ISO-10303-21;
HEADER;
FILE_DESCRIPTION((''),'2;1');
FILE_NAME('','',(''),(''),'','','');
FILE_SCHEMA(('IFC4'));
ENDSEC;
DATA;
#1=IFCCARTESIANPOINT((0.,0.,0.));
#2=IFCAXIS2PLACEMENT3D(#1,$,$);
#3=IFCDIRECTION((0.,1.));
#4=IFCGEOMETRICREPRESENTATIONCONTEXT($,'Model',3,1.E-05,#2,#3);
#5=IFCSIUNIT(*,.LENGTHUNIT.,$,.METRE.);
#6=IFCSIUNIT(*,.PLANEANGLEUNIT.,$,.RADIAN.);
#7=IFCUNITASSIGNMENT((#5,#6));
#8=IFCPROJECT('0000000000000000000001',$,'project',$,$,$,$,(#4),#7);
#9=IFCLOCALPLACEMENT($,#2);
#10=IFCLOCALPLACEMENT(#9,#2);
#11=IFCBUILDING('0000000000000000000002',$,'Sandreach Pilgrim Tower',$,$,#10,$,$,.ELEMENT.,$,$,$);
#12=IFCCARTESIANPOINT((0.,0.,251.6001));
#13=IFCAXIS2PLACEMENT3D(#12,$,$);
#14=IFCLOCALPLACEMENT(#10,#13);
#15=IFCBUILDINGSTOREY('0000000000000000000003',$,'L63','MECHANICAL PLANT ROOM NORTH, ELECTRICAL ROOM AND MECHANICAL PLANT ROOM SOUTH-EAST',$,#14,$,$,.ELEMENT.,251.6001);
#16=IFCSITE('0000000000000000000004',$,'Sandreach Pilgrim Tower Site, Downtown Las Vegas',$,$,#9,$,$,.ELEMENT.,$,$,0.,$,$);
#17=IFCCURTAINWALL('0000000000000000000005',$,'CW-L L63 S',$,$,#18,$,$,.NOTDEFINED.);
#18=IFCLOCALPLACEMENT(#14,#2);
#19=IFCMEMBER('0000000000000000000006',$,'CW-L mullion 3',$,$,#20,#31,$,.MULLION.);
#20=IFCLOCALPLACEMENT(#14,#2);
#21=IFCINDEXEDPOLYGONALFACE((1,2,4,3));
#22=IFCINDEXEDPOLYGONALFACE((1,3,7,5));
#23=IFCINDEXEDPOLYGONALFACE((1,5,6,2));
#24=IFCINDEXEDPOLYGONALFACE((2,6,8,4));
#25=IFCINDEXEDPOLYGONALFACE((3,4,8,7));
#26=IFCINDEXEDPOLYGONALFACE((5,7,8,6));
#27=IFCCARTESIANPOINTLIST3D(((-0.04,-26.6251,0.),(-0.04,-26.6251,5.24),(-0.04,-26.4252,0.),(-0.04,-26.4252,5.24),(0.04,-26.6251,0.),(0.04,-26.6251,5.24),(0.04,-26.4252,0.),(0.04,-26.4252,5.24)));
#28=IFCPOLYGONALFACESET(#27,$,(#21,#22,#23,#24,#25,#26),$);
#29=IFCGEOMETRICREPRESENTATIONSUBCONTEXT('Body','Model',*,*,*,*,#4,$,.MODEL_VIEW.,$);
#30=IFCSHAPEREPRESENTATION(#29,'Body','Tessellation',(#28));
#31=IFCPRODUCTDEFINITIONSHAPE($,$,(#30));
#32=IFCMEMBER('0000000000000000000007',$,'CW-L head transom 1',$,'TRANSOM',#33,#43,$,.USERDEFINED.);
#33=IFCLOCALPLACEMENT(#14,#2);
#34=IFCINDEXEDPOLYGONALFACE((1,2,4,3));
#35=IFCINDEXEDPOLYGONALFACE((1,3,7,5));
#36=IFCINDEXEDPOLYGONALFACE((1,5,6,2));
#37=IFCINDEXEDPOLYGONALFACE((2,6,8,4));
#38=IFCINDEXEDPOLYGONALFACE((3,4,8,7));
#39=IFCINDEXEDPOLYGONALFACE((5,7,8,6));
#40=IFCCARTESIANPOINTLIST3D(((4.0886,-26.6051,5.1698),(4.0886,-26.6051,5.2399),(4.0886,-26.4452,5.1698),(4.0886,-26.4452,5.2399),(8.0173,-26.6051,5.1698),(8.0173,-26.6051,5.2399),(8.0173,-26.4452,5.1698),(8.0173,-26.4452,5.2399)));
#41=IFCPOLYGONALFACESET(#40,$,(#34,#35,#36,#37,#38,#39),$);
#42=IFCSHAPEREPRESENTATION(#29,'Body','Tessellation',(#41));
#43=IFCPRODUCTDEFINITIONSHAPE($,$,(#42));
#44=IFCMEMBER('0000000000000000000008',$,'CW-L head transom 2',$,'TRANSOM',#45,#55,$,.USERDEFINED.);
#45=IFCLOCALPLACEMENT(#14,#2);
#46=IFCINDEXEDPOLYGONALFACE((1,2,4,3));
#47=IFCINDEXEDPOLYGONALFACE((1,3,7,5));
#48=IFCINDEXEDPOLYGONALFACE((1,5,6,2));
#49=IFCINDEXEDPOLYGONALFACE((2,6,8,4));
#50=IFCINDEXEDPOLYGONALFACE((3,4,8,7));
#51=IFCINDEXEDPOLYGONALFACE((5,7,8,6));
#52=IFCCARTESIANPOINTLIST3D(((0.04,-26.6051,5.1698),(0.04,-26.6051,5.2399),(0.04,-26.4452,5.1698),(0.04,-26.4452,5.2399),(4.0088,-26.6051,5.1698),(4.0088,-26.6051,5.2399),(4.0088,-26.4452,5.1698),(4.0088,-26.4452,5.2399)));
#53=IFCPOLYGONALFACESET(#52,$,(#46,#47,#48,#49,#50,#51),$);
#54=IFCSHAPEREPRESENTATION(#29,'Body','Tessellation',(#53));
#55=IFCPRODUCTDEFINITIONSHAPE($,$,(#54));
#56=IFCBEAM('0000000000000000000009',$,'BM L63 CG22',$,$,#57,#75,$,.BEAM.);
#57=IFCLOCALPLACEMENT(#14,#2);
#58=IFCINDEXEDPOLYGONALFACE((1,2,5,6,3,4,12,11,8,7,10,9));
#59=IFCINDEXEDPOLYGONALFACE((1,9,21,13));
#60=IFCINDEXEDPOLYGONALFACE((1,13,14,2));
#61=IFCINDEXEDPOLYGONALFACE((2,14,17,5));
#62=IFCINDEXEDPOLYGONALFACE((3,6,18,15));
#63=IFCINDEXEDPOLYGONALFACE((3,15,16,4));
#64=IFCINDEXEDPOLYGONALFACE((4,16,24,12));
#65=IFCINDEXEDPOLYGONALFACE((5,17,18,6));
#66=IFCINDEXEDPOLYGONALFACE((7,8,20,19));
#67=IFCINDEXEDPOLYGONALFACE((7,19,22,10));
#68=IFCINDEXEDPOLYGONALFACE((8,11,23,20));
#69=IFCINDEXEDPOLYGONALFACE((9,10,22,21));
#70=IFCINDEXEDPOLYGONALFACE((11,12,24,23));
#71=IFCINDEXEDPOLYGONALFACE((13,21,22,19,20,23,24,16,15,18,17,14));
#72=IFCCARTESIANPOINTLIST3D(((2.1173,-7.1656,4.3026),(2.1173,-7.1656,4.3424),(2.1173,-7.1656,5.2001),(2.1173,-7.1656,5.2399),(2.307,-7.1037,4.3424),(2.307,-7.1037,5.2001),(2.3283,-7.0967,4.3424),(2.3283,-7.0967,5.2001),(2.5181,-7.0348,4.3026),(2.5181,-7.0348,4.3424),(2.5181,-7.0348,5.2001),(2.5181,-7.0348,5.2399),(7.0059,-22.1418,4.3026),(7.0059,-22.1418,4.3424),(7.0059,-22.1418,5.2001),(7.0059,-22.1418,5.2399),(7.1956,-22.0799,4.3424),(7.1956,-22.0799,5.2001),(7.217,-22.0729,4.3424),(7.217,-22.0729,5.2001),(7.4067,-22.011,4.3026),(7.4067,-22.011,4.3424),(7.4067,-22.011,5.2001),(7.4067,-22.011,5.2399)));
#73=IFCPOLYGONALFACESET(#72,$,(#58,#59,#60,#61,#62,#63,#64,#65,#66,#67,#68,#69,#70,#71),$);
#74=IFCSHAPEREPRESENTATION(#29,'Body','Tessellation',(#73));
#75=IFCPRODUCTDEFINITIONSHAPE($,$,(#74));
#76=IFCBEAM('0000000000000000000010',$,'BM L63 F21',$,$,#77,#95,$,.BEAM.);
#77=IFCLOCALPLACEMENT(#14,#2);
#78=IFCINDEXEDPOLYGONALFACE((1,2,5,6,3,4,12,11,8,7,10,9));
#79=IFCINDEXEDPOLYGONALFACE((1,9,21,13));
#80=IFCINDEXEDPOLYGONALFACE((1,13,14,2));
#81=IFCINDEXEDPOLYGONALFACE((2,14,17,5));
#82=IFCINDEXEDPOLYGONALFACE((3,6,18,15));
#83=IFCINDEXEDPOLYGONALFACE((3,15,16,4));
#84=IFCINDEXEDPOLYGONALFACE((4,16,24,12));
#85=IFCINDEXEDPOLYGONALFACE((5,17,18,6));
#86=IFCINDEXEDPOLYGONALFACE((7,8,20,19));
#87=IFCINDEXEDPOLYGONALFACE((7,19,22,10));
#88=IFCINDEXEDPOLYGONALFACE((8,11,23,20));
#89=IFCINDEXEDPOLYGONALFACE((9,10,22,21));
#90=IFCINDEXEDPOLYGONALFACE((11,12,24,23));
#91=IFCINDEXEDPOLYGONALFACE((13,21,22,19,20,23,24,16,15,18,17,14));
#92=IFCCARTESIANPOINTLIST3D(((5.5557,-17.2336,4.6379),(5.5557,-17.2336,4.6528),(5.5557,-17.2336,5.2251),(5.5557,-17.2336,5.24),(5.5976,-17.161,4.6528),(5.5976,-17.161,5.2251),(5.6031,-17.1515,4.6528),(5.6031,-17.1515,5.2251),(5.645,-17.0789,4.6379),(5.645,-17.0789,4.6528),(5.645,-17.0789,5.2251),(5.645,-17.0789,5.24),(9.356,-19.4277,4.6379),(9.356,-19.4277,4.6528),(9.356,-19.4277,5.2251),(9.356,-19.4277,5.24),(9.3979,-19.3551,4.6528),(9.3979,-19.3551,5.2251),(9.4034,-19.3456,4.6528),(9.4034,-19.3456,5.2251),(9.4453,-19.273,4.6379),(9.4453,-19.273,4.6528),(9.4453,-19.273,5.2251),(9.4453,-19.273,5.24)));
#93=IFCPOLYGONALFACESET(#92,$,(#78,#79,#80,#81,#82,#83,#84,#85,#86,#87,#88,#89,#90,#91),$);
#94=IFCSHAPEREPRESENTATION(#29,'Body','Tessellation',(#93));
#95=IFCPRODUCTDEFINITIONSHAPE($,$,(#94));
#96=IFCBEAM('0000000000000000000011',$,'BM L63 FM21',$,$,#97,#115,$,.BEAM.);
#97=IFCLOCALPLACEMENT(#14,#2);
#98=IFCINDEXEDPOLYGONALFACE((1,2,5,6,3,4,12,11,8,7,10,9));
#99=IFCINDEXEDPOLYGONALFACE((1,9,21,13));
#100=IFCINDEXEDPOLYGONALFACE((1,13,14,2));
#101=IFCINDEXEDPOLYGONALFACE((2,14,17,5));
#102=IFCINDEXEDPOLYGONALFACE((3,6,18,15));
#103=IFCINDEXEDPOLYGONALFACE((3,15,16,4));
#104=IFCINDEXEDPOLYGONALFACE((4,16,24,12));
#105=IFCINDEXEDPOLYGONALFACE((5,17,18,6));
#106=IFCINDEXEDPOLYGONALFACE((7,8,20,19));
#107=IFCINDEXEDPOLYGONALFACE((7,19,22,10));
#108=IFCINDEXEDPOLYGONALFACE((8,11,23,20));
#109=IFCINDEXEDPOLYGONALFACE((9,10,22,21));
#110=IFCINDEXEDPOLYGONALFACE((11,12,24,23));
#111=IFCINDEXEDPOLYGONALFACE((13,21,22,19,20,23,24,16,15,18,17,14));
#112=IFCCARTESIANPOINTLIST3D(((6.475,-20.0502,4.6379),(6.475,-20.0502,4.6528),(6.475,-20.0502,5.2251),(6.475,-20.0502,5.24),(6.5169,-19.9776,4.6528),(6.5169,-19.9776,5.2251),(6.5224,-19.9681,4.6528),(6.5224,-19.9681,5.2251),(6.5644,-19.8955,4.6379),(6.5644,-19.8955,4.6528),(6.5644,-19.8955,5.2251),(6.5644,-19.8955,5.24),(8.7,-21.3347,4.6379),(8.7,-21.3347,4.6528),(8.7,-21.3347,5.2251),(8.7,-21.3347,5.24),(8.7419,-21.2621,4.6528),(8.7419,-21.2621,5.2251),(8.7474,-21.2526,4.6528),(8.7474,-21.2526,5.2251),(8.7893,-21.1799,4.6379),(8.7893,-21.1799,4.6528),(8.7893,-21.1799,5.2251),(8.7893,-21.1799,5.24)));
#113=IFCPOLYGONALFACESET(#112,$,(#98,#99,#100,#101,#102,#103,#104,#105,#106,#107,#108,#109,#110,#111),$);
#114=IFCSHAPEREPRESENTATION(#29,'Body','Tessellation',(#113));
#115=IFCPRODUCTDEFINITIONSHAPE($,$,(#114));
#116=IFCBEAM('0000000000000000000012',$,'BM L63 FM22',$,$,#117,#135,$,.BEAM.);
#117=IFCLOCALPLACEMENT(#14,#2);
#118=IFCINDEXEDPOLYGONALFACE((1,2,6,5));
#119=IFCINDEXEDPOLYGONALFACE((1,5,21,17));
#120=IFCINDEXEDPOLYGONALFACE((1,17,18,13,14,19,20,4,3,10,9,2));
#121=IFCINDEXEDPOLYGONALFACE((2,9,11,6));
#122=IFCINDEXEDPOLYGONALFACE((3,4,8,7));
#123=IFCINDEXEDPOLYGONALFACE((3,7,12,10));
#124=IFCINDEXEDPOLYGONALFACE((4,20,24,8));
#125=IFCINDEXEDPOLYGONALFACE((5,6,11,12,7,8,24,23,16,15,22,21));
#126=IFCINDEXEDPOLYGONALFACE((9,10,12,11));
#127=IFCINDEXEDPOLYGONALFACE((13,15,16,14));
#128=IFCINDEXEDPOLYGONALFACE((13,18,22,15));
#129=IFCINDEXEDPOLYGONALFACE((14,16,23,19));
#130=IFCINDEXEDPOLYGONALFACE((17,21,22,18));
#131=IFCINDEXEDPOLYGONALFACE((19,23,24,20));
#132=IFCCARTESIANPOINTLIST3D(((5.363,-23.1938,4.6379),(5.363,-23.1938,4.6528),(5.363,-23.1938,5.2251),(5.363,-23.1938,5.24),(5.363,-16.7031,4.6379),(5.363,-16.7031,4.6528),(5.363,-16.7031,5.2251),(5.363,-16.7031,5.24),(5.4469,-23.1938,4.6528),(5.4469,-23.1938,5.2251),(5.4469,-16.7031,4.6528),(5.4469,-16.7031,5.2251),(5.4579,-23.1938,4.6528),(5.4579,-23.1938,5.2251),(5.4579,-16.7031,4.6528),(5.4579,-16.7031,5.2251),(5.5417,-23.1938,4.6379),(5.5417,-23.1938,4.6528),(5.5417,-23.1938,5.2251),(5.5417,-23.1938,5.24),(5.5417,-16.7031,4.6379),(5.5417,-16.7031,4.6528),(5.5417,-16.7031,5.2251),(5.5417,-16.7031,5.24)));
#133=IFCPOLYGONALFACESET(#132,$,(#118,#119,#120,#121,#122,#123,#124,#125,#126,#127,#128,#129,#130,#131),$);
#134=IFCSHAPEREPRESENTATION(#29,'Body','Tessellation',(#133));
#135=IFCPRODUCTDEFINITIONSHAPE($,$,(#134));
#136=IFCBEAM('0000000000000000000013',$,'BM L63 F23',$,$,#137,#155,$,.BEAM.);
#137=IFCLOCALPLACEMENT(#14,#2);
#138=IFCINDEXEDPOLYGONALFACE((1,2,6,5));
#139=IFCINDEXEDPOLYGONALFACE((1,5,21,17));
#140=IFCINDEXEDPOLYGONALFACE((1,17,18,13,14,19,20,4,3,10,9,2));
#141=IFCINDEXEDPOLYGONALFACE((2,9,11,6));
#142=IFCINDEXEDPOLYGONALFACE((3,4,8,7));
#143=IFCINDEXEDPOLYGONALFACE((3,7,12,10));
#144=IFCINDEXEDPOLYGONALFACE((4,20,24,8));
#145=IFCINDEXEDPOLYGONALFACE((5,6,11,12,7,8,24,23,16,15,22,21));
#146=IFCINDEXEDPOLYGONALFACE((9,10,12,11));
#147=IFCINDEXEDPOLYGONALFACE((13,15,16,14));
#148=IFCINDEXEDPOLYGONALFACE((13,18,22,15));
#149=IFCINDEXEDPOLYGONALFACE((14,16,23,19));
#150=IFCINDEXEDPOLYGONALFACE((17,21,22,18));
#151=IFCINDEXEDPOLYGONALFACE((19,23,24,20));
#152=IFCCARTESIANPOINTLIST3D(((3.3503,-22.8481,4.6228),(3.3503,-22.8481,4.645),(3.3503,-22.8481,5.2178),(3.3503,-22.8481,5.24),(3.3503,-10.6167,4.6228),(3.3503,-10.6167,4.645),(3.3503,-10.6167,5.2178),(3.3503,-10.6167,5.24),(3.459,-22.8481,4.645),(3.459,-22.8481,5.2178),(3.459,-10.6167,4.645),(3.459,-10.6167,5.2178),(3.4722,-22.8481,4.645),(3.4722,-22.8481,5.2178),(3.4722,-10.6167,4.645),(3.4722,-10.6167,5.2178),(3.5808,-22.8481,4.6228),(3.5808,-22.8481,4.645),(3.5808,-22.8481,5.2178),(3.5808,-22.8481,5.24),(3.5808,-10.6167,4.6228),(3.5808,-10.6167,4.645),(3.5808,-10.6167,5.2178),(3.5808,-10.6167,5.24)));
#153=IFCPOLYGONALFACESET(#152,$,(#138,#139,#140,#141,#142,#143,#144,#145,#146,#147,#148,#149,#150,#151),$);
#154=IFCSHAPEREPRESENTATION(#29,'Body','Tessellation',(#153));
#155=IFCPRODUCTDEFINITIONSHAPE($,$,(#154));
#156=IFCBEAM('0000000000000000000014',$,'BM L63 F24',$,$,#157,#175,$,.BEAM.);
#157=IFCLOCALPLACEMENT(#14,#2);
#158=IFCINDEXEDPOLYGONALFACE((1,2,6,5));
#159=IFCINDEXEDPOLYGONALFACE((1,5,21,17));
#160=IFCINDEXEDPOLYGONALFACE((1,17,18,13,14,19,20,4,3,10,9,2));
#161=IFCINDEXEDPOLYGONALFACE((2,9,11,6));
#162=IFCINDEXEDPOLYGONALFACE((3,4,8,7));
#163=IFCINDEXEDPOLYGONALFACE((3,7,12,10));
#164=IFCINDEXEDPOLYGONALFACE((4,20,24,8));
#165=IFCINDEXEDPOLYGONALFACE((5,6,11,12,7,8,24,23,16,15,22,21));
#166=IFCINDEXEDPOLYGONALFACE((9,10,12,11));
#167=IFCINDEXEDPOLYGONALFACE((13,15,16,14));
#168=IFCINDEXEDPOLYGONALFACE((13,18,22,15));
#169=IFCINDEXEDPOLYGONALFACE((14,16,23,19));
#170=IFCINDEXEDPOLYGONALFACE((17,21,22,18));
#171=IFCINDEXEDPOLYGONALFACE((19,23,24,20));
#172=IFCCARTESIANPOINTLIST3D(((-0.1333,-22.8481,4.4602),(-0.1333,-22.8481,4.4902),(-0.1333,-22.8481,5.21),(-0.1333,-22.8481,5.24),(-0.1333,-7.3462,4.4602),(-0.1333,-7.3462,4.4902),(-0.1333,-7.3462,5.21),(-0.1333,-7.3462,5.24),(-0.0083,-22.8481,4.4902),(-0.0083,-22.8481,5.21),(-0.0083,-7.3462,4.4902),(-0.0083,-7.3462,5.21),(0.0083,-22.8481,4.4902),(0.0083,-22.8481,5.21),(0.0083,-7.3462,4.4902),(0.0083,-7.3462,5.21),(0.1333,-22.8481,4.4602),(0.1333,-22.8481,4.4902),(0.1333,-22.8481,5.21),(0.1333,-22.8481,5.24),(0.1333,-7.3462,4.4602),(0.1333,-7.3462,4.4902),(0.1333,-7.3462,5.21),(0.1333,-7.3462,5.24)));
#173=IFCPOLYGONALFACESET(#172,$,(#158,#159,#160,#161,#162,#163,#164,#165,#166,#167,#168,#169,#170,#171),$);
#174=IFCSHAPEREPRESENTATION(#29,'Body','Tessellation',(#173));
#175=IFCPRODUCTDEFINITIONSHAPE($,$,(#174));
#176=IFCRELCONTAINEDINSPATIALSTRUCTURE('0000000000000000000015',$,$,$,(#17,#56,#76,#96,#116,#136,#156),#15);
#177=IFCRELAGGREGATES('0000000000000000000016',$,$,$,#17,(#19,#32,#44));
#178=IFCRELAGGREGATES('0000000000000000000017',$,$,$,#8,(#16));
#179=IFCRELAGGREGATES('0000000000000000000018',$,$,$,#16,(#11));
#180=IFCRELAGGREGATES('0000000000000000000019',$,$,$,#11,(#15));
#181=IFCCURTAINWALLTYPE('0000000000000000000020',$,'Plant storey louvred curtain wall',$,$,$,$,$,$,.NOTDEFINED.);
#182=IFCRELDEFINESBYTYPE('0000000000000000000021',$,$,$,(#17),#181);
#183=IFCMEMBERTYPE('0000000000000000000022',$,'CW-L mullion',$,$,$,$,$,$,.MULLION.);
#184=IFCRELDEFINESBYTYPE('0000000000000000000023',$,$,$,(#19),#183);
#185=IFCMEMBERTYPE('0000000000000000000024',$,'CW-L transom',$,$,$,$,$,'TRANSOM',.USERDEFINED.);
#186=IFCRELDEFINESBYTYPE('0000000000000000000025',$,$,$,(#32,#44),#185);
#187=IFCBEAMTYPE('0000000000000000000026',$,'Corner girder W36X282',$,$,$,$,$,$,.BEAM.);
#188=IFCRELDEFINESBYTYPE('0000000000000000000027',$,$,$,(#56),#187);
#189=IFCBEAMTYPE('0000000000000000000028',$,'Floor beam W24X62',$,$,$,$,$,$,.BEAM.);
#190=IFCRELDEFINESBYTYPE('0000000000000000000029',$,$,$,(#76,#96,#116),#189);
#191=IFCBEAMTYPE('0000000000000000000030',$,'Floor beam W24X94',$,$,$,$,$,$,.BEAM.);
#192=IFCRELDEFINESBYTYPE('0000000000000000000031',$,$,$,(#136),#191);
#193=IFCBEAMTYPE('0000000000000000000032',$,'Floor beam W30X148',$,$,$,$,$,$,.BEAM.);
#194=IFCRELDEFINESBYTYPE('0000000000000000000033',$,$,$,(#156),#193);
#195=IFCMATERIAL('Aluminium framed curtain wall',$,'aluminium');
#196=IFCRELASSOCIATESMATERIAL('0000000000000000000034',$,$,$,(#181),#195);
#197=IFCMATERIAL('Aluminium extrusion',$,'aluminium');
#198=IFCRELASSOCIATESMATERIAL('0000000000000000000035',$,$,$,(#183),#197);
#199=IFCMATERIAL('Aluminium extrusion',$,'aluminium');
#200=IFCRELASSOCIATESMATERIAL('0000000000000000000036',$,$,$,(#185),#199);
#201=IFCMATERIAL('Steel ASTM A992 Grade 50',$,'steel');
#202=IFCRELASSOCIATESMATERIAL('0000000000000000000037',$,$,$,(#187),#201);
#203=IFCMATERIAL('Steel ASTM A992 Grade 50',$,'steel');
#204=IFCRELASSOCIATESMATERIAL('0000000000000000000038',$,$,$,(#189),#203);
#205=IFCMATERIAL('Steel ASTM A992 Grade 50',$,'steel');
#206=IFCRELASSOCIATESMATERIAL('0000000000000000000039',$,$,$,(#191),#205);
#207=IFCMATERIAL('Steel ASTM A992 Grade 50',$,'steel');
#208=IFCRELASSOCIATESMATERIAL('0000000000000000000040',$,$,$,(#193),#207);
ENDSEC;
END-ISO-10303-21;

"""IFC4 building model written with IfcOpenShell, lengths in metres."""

from ifc_helpers import new_model, si_unit, direction, frame, origin, origin_2d, place, context, subcontext, project, spatial, rectangle, i_section, extrude, material, material_profile, profile_set, type_object, element, aggregate, save


model = new_model("IFC4")

# Units and contexts
model_context = context("Model", 3, precision=1e-05, world=origin(), true_north=direction((0.0, 1.0)))
body_context = subcontext(model_context, "Body", "Model", "MODEL_VIEW")
ifc_project = project(units=[si_unit("LENGTHUNIT", "METRE"), si_unit("PLANEANGLEUNIT", "RADIAN")], contexts=[model_context])

# Site, building, storey
site_placement = place(None, origin())
site = spatial("IfcSite", under=ifc_project, at=site_placement, Name="Sandreach Pilgrim Tower Site, Downtown Las Vegas", CompositionType="ELEMENT", RefElevation=0.0)
building_placement = place(site_placement, origin())
building = spatial("IfcBuilding", under=site, at=building_placement, Name="Sandreach Pilgrim Tower", CompositionType="ELEMENT")
storey_placement = place(building_placement, frame((0.0, 0.0, 251.6001)))
storey = spatial("IfcBuildingStorey", under=building, at=storey_placement, Name="L63", Description="MECHANICAL PLANT ROOM NORTH, ELECTRICAL ROOM AND MECHANICAL PLANT ROOM SOUTH-EAST", CompositionType="ELEMENT", Elevation=251.6001)

# Shared definitions
ifc_material_1 = material(Name="Aluminium framed curtain wall", Category="aluminium")
curtain_wall_type = type_object("IfcCurtainWallType", Name="Plant storey louvred curtain wall", PredefinedType="NOTDEFINED", material=ifc_material_1)
ifc_material_2 = material(Name="Aluminium extrusion", Category="aluminium")
ifc_material_profile_1 = material_profile(ifc_material_2, rectangle(XDim=0.0801, YDim=0.2, at=origin_2d()), Name="CW-LM 80X200")
ifc_profile_set_1 = profile_set([ifc_material_profile_1], Name="Aluminium extrusion")
member_type_1 = type_object("IfcMemberType", Name="CW-L mullion", PredefinedType="MULLION", material=ifc_profile_set_1)

# Curtain wall, members
curtain_wall_1_placement = place(storey_placement, origin())
curtain_wall_1 = element("IfcCurtainWall", 1, at=curtain_wall_1_placement, inside=storey, type_object=curtain_wall_type, Name="CW-L L63 S", PredefinedType="NOTDEFINED")
member_1_placement = place(storey_placement, frame((0.0, -26.5251, 0.0), z_axis=(0.0, 0.0, 1.0), x_axis=(-1.0, 0.0, 0.0)))
member_1 = element("IfcMember", 2, at=member_1_placement, type_object=member_type_1, Name="CW-L mullion 3", PredefinedType="MULLION", context=body_context, shape_type="SweptSolid", body=[
    extrude(rectangle(XDim=0.0801, YDim=0.2, at=origin_2d()), origin(), (0.0, 0.0, 1.0), 5.24),
])
ifc_material_3 = material(Name="Aluminium extrusion", Category="aluminium")
ifc_material_profile_2 = material_profile(ifc_material_3, rectangle(XDim=0.1599, YDim=0.0701, at=origin_2d()), Name="CW-LT 160X70")
ifc_profile_set_2 = profile_set([ifc_material_profile_2], Name="Aluminium extrusion")
member_type_2 = type_object("IfcMemberType", Name="CW-L transom", ElementType="TRANSOM", PredefinedType="USERDEFINED", material=ifc_profile_set_2)
member_2_placement = place(storey_placement, frame((8.0173, -26.5251, 5.2048), z_axis=(-1.0, 0.0, 0.0), x_axis=(0.0, -1.0, 0.0)))
member_2 = element("IfcMember", 3, at=member_2_placement, type_object=member_type_2, Name="CW-L head transom 1", ObjectType="TRANSOM", PredefinedType="USERDEFINED", context=body_context, shape_type="SweptSolid", body=[
    extrude(rectangle(XDim=0.1599, YDim=0.0701, at=origin_2d()), origin(), (0.0, 0.0, 1.0), 3.9287),
])
member_3_placement = place(storey_placement, frame((4.0088, -26.5251, 5.2048), z_axis=(-1.0, 0.0, 0.0), x_axis=(0.0, -1.0, 0.0)))
member_3 = element("IfcMember", 4, at=member_3_placement, type_object=member_type_2, Name="CW-L head transom 2", ObjectType="TRANSOM", PredefinedType="USERDEFINED", context=body_context, shape_type="SweptSolid", body=[
    extrude(rectangle(XDim=0.1599, YDim=0.0701, at=origin_2d()), origin(), (0.0, 0.0, 1.0), 3.9688),
])

# Beams
ifc_material_4 = material(Name="Steel ASTM A992 Grade 50", Category="steel")
ifc_material_profile_3 = material_profile(ifc_material_4, i_section(OverallWidth=0.4216, OverallDepth=0.9373, WebThickness=0.0225, FlangeThickness=0.0398, at=origin_2d()), Name="W36X282")
ifc_profile_set_3 = profile_set([ifc_material_profile_3], Name="Steel ASTM A992 Grade 50")
beam_type_1 = type_object("IfcBeamType", Name="Corner girder W36X282", PredefinedType="BEAM", material=ifc_profile_set_3)
beam_1_placement = place(storey_placement, frame((7.2063, -22.0764, 4.7712), z_axis=(-0.310313, 0.950635, 0.0), x_axis=(-0.950635, -0.310313, 0.0)))
element("IfcBeam", 5, at=beam_1_placement, inside=storey, type_object=beam_type_1, Name="BM L63 CG22", PredefinedType="BEAM", context=body_context, shape_type="SweptSolid", body=[
    extrude(i_section(OverallWidth=0.4216, OverallDepth=0.9373, WebThickness=0.0225, FlangeThickness=0.0398, at=origin_2d()), origin(), (0.0, 0.0, 1.0), 15.7539),
])
ifc_material_5 = material(Name="Steel ASTM A992 Grade 50", Category="steel")
ifc_material_profile_4 = material_profile(ifc_material_5, i_section(OverallWidth=0.1787, OverallDepth=0.6021, WebThickness=0.011, FlangeThickness=0.0149, at=origin_2d()), Name="W24X62")
ifc_profile_set_4 = profile_set([ifc_material_profile_4], Name="Steel ASTM A992 Grade 50")
beam_type_2 = type_object("IfcBeamType", Name="Floor beam W24X62", PredefinedType="BEAM", material=ifc_profile_set_4)
beam_2_placement = place(storey_placement, frame((9.4006, -19.3503, 4.939), z_axis=(-0.866026, 0.499999, 0.0), x_axis=(-0.499999, -0.866026, 0.0)))
element("IfcBeam", 6, at=beam_2_placement, inside=storey, type_object=beam_type_2, Name="BM L63 F21", PredefinedType="BEAM", context=body_context, shape_type="SweptSolid", body=[
    extrude(i_section(OverallWidth=0.1787, OverallDepth=0.6021, WebThickness=0.011, FlangeThickness=0.0149, at=origin_2d()), origin(), (0.0, 0.0, 1.0), 4.3882),
])
beam_3_placement = place(storey_placement, frame((8.7446, -21.2573, 4.939), z_axis=(-0.866042, 0.499972, 0.0), x_axis=(-0.499972, -0.866042, 0.0)))
element("IfcBeam", 7, at=beam_3_placement, inside=storey, type_object=beam_type_2, Name="BM L63 FM21", PredefinedType="BEAM", context=body_context, shape_type="SweptSolid", body=[
    extrude(i_section(OverallWidth=0.1787, OverallDepth=0.6021, WebThickness=0.011, FlangeThickness=0.0149, at=origin_2d()), origin(), (0.0, 0.0, 1.0), 2.5691),
])
beam_4_placement = place(storey_placement, frame((5.4524, -23.1938, 4.939), z_axis=(0.0, 1.0, 0.0), x_axis=(-1.0, 0.0, 0.0)))
element("IfcBeam", 8, at=beam_4_placement, inside=storey, type_object=beam_type_2, Name="BM L63 FM22", PredefinedType="BEAM", context=body_context, shape_type="SweptSolid", body=[
    extrude(i_section(OverallWidth=0.1787, OverallDepth=0.6021, WebThickness=0.011, FlangeThickness=0.0149, at=origin_2d()), origin(), (0.0, 0.0, 1.0), 6.4907),
])
ifc_material_6 = material(Name="Steel ASTM A992 Grade 50", Category="steel")
ifc_material_profile_5 = material_profile(ifc_material_6, i_section(OverallWidth=0.2305, OverallDepth=0.6172, WebThickness=0.0132, FlangeThickness=0.0222, at=origin_2d()), Name="W24X94")
ifc_profile_set_5 = profile_set([ifc_material_profile_5], Name="Steel ASTM A992 Grade 50")
beam_type_3 = type_object("IfcBeamType", Name="Floor beam W24X94", PredefinedType="BEAM", material=ifc_profile_set_5)
beam_5_placement = place(storey_placement, frame((3.4656, -22.8481, 4.9314), z_axis=(0.0, 1.0, 0.0), x_axis=(-1.0, 0.0, 0.0)))
element("IfcBeam", 9, at=beam_5_placement, inside=storey, type_object=beam_type_3, Name="BM L63 F23", PredefinedType="BEAM", context=body_context, shape_type="SweptSolid", body=[
    extrude(i_section(OverallWidth=0.2305, OverallDepth=0.6172, WebThickness=0.0132, FlangeThickness=0.0222, at=origin_2d()), origin(), (0.0, 0.0, 1.0), 12.2314),
])
ifc_material_7 = material(Name="Steel ASTM A992 Grade 50", Category="steel")
ifc_material_profile_6 = material_profile(ifc_material_7, i_section(OverallWidth=0.2666, OverallDepth=0.7798, WebThickness=0.0166, FlangeThickness=0.03, at=origin_2d()), Name="W30X148")
ifc_profile_set_6 = profile_set([ifc_material_profile_6], Name="Steel ASTM A992 Grade 50")
beam_type_4 = type_object("IfcBeamType", Name="Floor beam W30X148", PredefinedType="BEAM", material=ifc_profile_set_6)
beam_6_placement = place(storey_placement, frame((0.0, -22.8481, 4.8501), z_axis=(0.0, 1.0, 0.0), x_axis=(-1.0, 0.0, 0.0)))
element("IfcBeam", 10, at=beam_6_placement, inside=storey, type_object=beam_type_4, Name="BM L63 F24", PredefinedType="BEAM", context=body_context, shape_type="SweptSolid", body=[
    extrude(i_section(OverallWidth=0.2666, OverallDepth=0.7798, WebThickness=0.0166, FlangeThickness=0.03, at=origin_2d()), origin(), (0.0, 0.0, 1.0), 15.502),
])

aggregate(curtain_wall_1, [member_1, member_2, member_3])

save(model, "model.ifc")
